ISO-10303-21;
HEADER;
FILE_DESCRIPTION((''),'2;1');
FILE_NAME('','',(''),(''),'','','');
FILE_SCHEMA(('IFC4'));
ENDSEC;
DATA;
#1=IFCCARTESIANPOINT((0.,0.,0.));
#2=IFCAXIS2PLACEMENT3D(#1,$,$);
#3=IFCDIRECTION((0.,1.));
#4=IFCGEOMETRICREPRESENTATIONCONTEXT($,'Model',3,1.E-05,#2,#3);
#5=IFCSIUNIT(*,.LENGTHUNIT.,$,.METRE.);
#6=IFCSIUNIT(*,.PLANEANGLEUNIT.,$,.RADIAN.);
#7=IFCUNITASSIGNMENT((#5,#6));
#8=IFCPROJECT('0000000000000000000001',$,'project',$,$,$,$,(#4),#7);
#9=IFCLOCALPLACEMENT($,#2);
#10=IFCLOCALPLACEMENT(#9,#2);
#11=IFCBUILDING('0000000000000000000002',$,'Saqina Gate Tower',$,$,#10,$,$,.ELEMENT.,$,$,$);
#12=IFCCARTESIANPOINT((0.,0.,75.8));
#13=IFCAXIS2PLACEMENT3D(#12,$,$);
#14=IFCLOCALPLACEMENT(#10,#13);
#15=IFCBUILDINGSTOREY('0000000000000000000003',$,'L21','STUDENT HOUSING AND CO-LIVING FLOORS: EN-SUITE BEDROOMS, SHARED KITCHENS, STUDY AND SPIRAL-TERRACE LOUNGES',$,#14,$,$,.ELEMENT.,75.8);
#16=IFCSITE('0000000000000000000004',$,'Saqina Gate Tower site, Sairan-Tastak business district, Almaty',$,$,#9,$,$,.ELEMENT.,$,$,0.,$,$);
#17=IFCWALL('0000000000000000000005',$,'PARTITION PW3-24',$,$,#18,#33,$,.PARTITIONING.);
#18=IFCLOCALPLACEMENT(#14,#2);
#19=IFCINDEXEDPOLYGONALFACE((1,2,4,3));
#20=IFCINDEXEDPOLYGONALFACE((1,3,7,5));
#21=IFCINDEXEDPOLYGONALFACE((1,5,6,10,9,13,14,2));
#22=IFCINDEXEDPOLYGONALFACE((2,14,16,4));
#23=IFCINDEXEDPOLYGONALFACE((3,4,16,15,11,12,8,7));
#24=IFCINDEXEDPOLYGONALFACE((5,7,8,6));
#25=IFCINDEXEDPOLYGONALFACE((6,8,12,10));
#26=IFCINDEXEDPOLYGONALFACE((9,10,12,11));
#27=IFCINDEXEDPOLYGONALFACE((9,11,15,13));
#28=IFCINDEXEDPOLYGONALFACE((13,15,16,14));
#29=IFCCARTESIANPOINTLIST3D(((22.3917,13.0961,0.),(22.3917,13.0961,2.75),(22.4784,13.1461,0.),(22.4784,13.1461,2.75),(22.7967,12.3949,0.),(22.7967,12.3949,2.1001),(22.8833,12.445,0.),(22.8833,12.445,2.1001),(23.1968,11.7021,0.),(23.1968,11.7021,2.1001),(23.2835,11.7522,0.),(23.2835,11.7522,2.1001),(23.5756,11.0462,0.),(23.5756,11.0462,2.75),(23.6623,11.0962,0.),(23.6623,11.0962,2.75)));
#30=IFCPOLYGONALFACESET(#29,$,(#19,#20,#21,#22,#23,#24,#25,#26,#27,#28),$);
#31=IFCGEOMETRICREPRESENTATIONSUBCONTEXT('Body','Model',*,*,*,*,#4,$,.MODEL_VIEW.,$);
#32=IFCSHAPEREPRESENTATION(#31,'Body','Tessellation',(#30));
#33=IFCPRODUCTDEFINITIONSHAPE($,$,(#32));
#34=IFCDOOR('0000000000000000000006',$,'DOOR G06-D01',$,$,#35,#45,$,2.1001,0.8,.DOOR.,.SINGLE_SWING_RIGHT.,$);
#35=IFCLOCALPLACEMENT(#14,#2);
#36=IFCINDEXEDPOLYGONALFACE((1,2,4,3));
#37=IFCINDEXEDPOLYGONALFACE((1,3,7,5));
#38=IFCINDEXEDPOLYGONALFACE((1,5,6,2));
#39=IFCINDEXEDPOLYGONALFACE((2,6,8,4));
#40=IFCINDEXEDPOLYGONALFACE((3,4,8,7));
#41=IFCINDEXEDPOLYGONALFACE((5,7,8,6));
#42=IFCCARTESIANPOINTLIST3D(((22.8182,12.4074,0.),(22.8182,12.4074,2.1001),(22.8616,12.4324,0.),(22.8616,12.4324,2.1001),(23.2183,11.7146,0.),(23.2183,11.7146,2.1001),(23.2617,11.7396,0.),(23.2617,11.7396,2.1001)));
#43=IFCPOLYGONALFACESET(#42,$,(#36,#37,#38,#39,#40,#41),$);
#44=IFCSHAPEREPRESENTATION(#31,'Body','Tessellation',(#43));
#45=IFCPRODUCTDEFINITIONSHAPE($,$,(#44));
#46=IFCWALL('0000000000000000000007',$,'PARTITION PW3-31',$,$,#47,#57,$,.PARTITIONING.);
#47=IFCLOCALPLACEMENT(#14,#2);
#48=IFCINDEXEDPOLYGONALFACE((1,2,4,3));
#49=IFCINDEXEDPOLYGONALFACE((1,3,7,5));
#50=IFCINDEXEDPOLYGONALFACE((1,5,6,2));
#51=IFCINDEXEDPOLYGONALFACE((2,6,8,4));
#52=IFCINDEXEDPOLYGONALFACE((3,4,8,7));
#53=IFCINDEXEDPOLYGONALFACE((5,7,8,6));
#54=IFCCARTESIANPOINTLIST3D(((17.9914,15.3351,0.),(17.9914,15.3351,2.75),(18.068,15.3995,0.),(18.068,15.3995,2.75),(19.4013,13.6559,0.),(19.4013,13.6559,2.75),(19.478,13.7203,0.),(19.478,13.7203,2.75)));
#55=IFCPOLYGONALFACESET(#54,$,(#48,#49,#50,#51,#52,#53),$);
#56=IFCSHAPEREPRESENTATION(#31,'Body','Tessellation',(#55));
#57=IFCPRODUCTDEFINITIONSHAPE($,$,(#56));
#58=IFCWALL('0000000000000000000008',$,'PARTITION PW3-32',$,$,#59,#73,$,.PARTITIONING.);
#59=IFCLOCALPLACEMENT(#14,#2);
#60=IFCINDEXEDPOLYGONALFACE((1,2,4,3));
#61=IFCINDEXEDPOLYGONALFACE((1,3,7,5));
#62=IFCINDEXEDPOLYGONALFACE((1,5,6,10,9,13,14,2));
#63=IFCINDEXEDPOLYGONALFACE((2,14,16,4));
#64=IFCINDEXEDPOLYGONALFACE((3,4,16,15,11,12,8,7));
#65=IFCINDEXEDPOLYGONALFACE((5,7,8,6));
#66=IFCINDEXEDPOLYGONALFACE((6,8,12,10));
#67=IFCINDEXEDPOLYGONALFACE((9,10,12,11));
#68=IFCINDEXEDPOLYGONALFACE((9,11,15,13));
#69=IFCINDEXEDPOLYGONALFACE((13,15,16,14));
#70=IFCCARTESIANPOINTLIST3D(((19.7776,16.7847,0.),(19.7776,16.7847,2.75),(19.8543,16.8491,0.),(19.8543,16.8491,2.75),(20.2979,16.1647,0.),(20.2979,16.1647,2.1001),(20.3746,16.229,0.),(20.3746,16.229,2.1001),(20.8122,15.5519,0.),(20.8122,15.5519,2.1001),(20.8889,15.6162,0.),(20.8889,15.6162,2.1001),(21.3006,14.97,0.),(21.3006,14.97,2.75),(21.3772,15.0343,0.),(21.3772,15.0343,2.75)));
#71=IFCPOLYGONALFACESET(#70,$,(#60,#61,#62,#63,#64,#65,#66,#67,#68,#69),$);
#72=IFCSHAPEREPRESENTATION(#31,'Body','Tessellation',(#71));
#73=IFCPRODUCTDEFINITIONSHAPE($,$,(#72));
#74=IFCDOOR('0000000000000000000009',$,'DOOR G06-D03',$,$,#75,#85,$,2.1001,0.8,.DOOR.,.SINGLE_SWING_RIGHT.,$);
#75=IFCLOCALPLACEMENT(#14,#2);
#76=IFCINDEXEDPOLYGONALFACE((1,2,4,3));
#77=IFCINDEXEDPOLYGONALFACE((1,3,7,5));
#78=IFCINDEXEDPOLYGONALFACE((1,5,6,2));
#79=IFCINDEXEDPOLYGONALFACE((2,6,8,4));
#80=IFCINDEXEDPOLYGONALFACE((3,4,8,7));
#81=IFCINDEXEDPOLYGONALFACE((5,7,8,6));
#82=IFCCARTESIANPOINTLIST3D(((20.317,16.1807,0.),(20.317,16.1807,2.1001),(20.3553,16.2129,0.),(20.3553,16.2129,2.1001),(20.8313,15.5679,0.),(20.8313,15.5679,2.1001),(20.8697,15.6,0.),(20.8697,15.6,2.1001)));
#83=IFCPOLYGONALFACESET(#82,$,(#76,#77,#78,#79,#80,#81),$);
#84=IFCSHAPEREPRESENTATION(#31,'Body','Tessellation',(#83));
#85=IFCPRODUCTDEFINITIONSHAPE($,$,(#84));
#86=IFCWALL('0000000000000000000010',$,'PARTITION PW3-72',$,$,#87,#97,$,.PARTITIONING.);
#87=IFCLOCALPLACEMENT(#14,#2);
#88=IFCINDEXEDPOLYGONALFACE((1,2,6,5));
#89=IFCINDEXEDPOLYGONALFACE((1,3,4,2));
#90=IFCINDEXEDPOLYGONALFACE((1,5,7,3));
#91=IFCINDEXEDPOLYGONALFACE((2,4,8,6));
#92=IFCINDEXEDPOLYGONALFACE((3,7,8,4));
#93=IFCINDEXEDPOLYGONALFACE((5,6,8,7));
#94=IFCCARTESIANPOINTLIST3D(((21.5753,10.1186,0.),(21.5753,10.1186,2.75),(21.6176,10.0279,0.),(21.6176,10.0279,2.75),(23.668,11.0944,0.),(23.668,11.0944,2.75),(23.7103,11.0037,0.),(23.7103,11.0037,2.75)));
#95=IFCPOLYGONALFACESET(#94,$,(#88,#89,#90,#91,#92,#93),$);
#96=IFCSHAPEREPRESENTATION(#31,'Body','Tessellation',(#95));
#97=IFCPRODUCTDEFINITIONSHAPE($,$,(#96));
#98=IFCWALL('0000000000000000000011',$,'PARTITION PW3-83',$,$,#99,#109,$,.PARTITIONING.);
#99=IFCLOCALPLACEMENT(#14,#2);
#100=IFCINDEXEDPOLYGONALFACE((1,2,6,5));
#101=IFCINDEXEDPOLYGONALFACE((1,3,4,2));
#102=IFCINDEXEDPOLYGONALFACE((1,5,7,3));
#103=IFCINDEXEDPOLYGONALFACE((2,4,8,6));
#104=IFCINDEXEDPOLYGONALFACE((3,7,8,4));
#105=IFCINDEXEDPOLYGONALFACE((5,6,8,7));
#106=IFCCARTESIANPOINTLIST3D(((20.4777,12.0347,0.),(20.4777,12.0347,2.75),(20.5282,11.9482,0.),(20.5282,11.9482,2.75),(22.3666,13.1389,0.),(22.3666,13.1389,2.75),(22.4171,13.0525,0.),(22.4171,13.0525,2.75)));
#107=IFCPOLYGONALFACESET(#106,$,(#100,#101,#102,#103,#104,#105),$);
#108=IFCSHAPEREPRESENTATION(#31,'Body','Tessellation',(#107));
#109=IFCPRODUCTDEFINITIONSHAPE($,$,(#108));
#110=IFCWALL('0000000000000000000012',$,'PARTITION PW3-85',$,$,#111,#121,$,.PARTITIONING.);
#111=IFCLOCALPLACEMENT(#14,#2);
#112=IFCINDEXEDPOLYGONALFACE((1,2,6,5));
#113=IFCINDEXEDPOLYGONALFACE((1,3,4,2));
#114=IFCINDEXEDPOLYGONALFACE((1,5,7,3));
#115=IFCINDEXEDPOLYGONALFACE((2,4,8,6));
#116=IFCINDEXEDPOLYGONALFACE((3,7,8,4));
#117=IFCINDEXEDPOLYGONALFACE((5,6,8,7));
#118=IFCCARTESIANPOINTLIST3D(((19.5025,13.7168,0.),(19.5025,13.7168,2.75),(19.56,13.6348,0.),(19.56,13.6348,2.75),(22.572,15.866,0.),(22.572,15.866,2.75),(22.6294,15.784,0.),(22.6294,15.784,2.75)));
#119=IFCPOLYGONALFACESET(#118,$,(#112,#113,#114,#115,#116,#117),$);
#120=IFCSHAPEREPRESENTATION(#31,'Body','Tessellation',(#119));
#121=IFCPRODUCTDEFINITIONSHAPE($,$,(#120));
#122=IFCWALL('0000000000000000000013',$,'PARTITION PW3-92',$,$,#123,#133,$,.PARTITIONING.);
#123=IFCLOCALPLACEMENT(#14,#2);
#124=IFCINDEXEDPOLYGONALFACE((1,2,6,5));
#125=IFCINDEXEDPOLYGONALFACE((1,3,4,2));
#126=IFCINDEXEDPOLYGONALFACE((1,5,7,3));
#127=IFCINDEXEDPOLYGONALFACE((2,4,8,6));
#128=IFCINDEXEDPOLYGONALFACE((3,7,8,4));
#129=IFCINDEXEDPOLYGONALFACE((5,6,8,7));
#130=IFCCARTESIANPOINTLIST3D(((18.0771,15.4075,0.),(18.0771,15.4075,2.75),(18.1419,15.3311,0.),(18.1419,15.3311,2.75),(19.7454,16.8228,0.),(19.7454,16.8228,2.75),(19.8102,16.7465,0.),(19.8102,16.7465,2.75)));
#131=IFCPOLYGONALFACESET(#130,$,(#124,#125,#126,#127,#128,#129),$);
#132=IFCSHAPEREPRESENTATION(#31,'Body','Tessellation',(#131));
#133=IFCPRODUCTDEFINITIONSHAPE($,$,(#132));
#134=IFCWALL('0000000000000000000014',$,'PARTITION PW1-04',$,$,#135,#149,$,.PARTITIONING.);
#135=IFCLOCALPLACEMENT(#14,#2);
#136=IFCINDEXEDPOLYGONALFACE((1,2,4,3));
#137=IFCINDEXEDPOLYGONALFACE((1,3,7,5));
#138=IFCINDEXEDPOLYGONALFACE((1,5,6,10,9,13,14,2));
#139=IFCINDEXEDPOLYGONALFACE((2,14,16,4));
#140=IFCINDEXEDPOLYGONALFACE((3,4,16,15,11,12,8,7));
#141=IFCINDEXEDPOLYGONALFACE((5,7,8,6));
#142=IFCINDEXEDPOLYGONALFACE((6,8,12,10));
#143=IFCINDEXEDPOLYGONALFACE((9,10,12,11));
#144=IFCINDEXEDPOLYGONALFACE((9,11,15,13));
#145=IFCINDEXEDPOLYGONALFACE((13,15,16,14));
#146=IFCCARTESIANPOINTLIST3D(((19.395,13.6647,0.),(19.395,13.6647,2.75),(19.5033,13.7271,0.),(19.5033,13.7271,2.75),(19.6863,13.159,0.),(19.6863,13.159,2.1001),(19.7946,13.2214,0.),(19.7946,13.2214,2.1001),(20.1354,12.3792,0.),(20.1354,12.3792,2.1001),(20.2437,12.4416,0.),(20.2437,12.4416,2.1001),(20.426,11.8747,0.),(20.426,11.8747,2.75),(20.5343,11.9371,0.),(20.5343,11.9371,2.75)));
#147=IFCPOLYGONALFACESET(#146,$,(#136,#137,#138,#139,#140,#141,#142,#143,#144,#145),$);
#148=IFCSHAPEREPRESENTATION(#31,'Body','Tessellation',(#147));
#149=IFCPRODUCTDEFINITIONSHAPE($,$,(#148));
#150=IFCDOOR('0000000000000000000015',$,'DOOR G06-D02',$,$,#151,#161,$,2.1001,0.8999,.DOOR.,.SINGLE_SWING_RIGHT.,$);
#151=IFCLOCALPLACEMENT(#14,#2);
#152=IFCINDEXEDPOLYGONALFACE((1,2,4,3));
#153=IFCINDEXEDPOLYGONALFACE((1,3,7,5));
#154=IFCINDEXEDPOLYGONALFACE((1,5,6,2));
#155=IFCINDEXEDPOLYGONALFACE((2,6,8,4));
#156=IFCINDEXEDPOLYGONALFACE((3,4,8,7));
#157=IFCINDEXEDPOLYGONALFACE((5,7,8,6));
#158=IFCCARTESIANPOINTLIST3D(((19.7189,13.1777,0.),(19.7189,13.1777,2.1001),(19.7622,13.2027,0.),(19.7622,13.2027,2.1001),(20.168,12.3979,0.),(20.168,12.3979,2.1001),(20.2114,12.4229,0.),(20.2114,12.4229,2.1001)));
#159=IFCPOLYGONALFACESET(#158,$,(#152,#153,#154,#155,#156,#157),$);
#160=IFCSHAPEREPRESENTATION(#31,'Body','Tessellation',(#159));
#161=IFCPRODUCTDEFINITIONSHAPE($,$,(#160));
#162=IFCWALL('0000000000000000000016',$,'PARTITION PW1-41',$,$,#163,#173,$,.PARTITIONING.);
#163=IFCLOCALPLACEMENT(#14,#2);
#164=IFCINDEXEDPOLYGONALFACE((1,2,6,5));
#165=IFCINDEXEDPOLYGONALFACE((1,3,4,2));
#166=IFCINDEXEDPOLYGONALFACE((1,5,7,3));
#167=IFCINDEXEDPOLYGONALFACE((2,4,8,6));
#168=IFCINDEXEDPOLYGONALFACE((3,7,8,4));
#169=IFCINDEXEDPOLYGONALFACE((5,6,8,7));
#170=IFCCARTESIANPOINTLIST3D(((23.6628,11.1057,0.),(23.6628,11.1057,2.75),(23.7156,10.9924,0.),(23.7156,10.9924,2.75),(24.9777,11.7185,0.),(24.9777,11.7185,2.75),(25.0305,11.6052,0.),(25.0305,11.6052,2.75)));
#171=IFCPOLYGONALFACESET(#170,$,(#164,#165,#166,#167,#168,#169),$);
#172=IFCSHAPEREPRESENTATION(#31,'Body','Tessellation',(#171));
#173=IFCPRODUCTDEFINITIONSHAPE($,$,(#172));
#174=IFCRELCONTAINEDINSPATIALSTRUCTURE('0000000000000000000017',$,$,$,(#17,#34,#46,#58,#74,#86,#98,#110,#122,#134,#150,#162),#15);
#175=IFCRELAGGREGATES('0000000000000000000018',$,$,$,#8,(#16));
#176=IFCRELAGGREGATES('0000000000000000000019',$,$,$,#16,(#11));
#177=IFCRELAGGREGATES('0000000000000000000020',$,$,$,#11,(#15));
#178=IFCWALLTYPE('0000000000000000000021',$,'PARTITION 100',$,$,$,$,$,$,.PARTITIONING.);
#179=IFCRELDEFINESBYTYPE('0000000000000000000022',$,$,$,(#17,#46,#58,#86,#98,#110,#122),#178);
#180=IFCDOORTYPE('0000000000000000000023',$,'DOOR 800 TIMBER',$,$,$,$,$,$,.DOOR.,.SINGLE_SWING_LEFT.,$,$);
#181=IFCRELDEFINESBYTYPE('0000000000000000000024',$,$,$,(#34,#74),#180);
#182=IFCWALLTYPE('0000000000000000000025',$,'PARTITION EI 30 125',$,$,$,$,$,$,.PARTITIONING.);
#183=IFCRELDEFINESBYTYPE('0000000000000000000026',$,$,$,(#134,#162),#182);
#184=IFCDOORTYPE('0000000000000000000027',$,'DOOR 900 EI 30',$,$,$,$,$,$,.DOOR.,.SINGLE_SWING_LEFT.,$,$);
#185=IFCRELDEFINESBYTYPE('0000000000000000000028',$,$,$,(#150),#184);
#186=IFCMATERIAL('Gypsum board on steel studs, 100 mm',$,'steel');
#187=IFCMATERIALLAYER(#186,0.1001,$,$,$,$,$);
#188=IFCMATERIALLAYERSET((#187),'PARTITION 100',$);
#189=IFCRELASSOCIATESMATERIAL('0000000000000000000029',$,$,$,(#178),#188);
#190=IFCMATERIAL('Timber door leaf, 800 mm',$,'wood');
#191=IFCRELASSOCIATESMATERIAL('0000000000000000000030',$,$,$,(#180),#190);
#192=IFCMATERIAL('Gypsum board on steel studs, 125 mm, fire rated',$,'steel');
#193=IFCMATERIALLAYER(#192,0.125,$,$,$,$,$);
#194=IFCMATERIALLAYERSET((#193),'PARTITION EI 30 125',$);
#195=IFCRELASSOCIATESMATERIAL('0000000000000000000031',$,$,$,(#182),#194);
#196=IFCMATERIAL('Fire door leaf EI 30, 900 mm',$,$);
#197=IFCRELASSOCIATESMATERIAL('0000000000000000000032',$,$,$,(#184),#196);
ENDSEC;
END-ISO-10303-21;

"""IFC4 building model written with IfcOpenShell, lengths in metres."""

from ifc_helpers import new_model, si_unit, direction, frame, frame_2d, origin, place, context, subcontext, project, spatial, rectangle, extrude, material, layer, layer_set, type_object, element, fill, save


model = new_model("IFC4")

# Units and contexts
model_context = context("Model", 3, precision=1e-05, world=origin(), true_north=direction((0.0, 1.0)))
body_context = subcontext(model_context, "Body", "Model", "MODEL_VIEW")
ifc_project = project(units=[si_unit("LENGTHUNIT", "METRE"), si_unit("PLANEANGLEUNIT", "RADIAN")], contexts=[model_context])

# Site, building, storey
site_placement = place(None, origin())
site = spatial("IfcSite", under=ifc_project, at=site_placement, Name="Saqina Gate Tower site, Sairan-Tastak business district, Almaty", CompositionType="ELEMENT", RefElevation=0.0)
building_placement = place(site_placement, origin())
building = spatial("IfcBuilding", under=site, at=building_placement, Name="Saqina Gate Tower", CompositionType="ELEMENT")
storey_placement = place(building_placement, frame((0.0, 0.0, 75.8)))
storey = spatial("IfcBuildingStorey", under=building, at=storey_placement, Name="L21", Description="STUDENT HOUSING AND CO-LIVING FLOORS: EN-SUITE BEDROOMS, SHARED KITCHENS, STUDY AND SPIRAL-TERRACE LOUNGES", CompositionType="ELEMENT", Elevation=75.8)

# Shared definitions
ifc_material_1 = material(Name="Gypsum board on steel studs, 100 mm", Category="steel")
ifc_layer_1 = layer(ifc_material_1, 0.1001)
ifc_layer_set_1 = layer_set([ifc_layer_1], Name="PARTITION 100")
wall_type_1 = type_object("IfcWallType", Name="PARTITION 100", PredefinedType="PARTITIONING", material=ifc_layer_set_1)

# Wall, opening, door
wall_1_placement = place(storey_placement, frame((22.4351, 13.1211, 0.0), z_axis=(0.0, 0.0, 1.0), x_axis=(0.500121, -0.865955, 0.0)))
wall_1 = element("IfcWall", 1, at=wall_1_placement, inside=storey, type_object=wall_type_1, Name="PARTITION PW3-24", PredefinedType="PARTITIONING", context=body_context, shape_type="SweptSolid", body=[
    extrude(rectangle(XDim=2.3672, YDim=0.1001, at=frame_2d((1.1836, 0.0))), origin(), (0.0, 0.0, 1.0), 2.75),
])
opening_1_placement = place(wall_1_placement, frame((0.8098, 0.0, 0.0)))
opening_1 = element("IfcOpeningElement", 2, at=opening_1_placement, cuts=wall_1, PredefinedType="OPENING", context=body_context, shape_type="SweptSolid", body=[
    extrude(rectangle(XDim=0.8, YDim=2.1001, at=frame_2d((0.3999, 1.05))), frame((0.0, 0.062, 0.0), z_axis=(0.0, -1.0, 0.0), x_axis=(1.0, 0.0, 0.0)), (0.0, 0.0, 1.0), 0.124),
])
ifc_material_2 = material(Name="Timber door leaf, 800 mm", Category="wood")
door_type_1 = type_object("IfcDoorType", Name="DOOR 800 TIMBER", OperationType="SINGLE_SWING_LEFT", PredefinedType="DOOR", material=ifc_material_2)
door_1_placement = place(opening_1_placement, origin())
door_1 = element("IfcDoor", 3, at=door_1_placement, inside=storey, type_object=door_type_1, Name="DOOR G06-D01", OperationType="SINGLE_SWING_RIGHT", OverallHeight=2.1001, OverallWidth=0.8, PredefinedType="DOOR", context=body_context, shape_type="SweptSolid", body=[
    extrude(rectangle(XDim=0.8, YDim=2.1001, at=frame_2d((0.3999, 1.05))), frame((0.0, 0.0249, 0.0), z_axis=(0.0, -1.0, 0.0), x_axis=(1.0, 0.0, 0.0)), (0.0, 0.0, 1.0), 0.05),
])
fill(opening_1, door_1)

# Wall
wall_2_placement = place(storey_placement, frame((18.0298, 15.3672, 0.0), z_axis=(0.0, 0.0, 1.0), x_axis=(0.643028, -0.765843, 0.0)))
element("IfcWall", 4, at=wall_2_placement, inside=storey, type_object=wall_type_1, Name="PARTITION PW3-31", PredefinedType="PARTITIONING", context=body_context, shape_type="SweptSolid", body=[
    extrude(rectangle(XDim=2.1926, YDim=0.1001, at=frame_2d((1.0962, 0.0))), origin(), (0.0, 0.0, 1.0), 2.75),
])

# Wall, opening, door
wall_3_placement = place(storey_placement, frame((19.8159, 16.8169, 0.0), z_axis=(0.0, 0.0, 1.0), x_axis=(0.642846, -0.765995, 0.0)))
wall_3 = element("IfcWall", 5, at=wall_3_placement, inside=storey, type_object=wall_type_1, Name="PARTITION PW3-32", PredefinedType="PARTITIONING", context=body_context, shape_type="SweptSolid", body=[
    extrude(rectangle(XDim=2.3691, YDim=0.1001, at=frame_2d((1.1846, 0.0))), origin(), (0.0, 0.0, 1.0), 2.75),
])
opening_2_placement = place(wall_3_placement, frame((0.8096, 0.0, 0.0)))
opening_2 = element("IfcOpeningElement", 6, at=opening_2_placement, cuts=wall_3, PredefinedType="OPENING", context=body_context, shape_type="SweptSolid", body=[
    extrude(rectangle(XDim=0.8, YDim=2.1001, at=frame_2d((0.3999, 1.05))), frame((0.0, 0.062, 0.0), z_axis=(0.0, -1.0, 0.0), x_axis=(1.0, 0.0, 0.0)), (0.0, 0.0, 1.0), 0.124),
])
door_2_placement = place(opening_2_placement, origin())
door_2 = element("IfcDoor", 7, at=door_2_placement, inside=storey, type_object=door_type_1, Name="DOOR G06-D03", OperationType="SINGLE_SWING_RIGHT", OverallHeight=2.1001, OverallWidth=0.8, PredefinedType="DOOR", context=body_context, shape_type="SweptSolid", body=[
    extrude(rectangle(XDim=0.8, YDim=2.1001, at=frame_2d((0.3999, 1.05))), frame((0.0, 0.0249, 0.0), z_axis=(0.0, -1.0, 0.0), x_axis=(1.0, 0.0, 0.0)), (0.0, 0.0, 1.0), 0.05),
])
fill(opening_2, door_2)

# Walls
wall_4_placement = place(storey_placement, frame((21.5964, 10.0732, 0.0), z_axis=(0.0, 0.0, 1.0), x_axis=(0.906315, 0.422602, 0.0)))
element("IfcWall", 8, at=wall_4_placement, inside=storey, type_object=wall_type_1, Name="PARTITION PW3-72", PredefinedType="PARTITIONING", context=body_context, shape_type="SweptSolid", body=[
    extrude(rectangle(XDim=2.3091, YDim=0.1001, at=frame_2d((1.1545, 0.0))), origin(), (0.0, 0.0, 1.0), 2.75),
])
wall_5_placement = place(storey_placement, frame((20.5029, 11.9915, 0.0), z_axis=(0.0, 0.0, 1.0), x_axis=(0.863305, 0.504683, 0.0)))
element("IfcWall", 9, at=wall_5_placement, inside=storey, type_object=wall_type_1, Name="PARTITION PW3-83", PredefinedType="PARTITIONING", context=body_context, shape_type="SweptSolid", body=[
    extrude(rectangle(XDim=2.188, YDim=0.1001, at=frame_2d((1.094, 0.0))), origin(), (0.0, 0.0, 1.0), 2.75),
])
wall_6_placement = place(storey_placement, frame((19.5312, 13.6758, 0.0), z_axis=(0.0, 0.0, 1.0), x_axis=(0.819152, 0.573576, 0.0)))
element("IfcWall", 10, at=wall_6_placement, inside=storey, type_object=wall_type_1, Name="PARTITION PW3-85", PredefinedType="PARTITIONING", context=body_context, shape_type="SweptSolid", body=[
    extrude(rectangle(XDim=3.7471, YDim=0.1001, at=frame_2d((1.8735, 0.0))), origin(), (0.0, 0.0, 1.0), 2.75),
])
wall_7_placement = place(storey_placement, frame((18.1096, 15.3694, 0.0), z_axis=(0.0, 0.0, 1.0), x_axis=(0.762548, 0.646932, 0.0)))
element("IfcWall", 11, at=wall_7_placement, inside=storey, type_object=wall_type_1, Name="PARTITION PW3-92", PredefinedType="PARTITIONING", context=body_context, shape_type="SweptSolid", body=[
    extrude(rectangle(XDim=2.1877, YDim=0.1001, at=frame_2d((1.0938, 0.0))), origin(), (0.0, 0.0, 1.0), 2.75),
])

# Wall, opening, door
ifc_material_3 = material(Name="Gypsum board on steel studs, 125 mm, fire rated", Category="steel")
ifc_layer_2 = layer(ifc_material_3, 0.125)
ifc_layer_set_2 = layer_set([ifc_layer_2], Name="PARTITION EI 30 125")
wall_type_2 = type_object("IfcWallType", Name="PARTITION EI 30 125", PredefinedType="PARTITIONING", material=ifc_layer_set_2)
wall_8_placement = place(storey_placement, frame((19.4492, 13.6958, 0.0), z_axis=(0.0, 0.0, 1.0), x_axis=(0.499102, -0.866543, 0.0)))
wall_8 = element("IfcWall", 12, at=wall_8_placement, inside=storey, type_object=wall_type_2, Name="PARTITION PW1-04", PredefinedType="PARTITIONING", context=body_context, shape_type="SweptSolid", body=[
    extrude(rectangle(XDim=2.0657, YDim=0.125, at=frame_2d((1.0327, 0.0))), origin(), (0.0, 0.0, 1.0), 2.75),
])
opening_3_placement = place(wall_8_placement, frame((0.5835, 0.0, 0.0)))
opening_3 = element("IfcOpeningElement", 13, at=opening_3_placement, cuts=wall_8, PredefinedType="OPENING", context=body_context, shape_type="SweptSolid", body=[
    extrude(rectangle(XDim=0.8999, YDim=2.1001, at=frame_2d((0.45, 1.05))), frame((0.0, 0.0745, 0.0), z_axis=(0.0, -1.0, 0.0), x_axis=(1.0, 0.0, 0.0)), (0.0, 0.0, 1.0), 0.1489),
])
ifc_material_4 = material(Name="Fire door leaf EI 30, 900 mm")
door_type_2 = type_object("IfcDoorType", Name="DOOR 900 EI 30", OperationType="SINGLE_SWING_LEFT", PredefinedType="DOOR", material=ifc_material_4)
door_3_placement = place(opening_3_placement, frame((0.8999, 0.0, 0.0), z_axis=(0.0, 0.0, 1.0), x_axis=(-1.0, 0.0, 0.0)))
door_3 = element("IfcDoor", 14, at=door_3_placement, inside=storey, type_object=door_type_2, Name="DOOR G06-D02", OperationType="SINGLE_SWING_RIGHT", OverallHeight=2.1001, OverallWidth=0.8999, PredefinedType="DOOR", context=body_context, shape_type="SweptSolid", body=[
    extrude(rectangle(XDim=0.8999, YDim=2.1001, at=frame_2d((0.45, 1.05))), frame((0.0, 0.0249, 0.0), z_axis=(0.0, -1.0, 0.0), x_axis=(1.0, 0.0, 0.0)), (0.0, 0.0, 1.0), 0.05),
])
fill(opening_3, door_3)

# Wall
wall_9_placement = place(storey_placement, frame((23.6892, 11.0491, 0.0), z_axis=(0.0, 0.0, 1.0), x_axis=(0.906407, 0.422406, 0.0)))
element("IfcWall", 15, at=wall_9_placement, inside=storey, type_object=wall_type_2, Name="PARTITION PW1-41", PredefinedType="PARTITIONING", context=body_context, shape_type="SweptSolid", body=[
    extrude(rectangle(XDim=1.4507, YDim=0.125, at=frame_2d((0.7253, 0.0))), origin(), (0.0, 0.0, 1.0), 2.75),
])

save(model, "model.ifc")
